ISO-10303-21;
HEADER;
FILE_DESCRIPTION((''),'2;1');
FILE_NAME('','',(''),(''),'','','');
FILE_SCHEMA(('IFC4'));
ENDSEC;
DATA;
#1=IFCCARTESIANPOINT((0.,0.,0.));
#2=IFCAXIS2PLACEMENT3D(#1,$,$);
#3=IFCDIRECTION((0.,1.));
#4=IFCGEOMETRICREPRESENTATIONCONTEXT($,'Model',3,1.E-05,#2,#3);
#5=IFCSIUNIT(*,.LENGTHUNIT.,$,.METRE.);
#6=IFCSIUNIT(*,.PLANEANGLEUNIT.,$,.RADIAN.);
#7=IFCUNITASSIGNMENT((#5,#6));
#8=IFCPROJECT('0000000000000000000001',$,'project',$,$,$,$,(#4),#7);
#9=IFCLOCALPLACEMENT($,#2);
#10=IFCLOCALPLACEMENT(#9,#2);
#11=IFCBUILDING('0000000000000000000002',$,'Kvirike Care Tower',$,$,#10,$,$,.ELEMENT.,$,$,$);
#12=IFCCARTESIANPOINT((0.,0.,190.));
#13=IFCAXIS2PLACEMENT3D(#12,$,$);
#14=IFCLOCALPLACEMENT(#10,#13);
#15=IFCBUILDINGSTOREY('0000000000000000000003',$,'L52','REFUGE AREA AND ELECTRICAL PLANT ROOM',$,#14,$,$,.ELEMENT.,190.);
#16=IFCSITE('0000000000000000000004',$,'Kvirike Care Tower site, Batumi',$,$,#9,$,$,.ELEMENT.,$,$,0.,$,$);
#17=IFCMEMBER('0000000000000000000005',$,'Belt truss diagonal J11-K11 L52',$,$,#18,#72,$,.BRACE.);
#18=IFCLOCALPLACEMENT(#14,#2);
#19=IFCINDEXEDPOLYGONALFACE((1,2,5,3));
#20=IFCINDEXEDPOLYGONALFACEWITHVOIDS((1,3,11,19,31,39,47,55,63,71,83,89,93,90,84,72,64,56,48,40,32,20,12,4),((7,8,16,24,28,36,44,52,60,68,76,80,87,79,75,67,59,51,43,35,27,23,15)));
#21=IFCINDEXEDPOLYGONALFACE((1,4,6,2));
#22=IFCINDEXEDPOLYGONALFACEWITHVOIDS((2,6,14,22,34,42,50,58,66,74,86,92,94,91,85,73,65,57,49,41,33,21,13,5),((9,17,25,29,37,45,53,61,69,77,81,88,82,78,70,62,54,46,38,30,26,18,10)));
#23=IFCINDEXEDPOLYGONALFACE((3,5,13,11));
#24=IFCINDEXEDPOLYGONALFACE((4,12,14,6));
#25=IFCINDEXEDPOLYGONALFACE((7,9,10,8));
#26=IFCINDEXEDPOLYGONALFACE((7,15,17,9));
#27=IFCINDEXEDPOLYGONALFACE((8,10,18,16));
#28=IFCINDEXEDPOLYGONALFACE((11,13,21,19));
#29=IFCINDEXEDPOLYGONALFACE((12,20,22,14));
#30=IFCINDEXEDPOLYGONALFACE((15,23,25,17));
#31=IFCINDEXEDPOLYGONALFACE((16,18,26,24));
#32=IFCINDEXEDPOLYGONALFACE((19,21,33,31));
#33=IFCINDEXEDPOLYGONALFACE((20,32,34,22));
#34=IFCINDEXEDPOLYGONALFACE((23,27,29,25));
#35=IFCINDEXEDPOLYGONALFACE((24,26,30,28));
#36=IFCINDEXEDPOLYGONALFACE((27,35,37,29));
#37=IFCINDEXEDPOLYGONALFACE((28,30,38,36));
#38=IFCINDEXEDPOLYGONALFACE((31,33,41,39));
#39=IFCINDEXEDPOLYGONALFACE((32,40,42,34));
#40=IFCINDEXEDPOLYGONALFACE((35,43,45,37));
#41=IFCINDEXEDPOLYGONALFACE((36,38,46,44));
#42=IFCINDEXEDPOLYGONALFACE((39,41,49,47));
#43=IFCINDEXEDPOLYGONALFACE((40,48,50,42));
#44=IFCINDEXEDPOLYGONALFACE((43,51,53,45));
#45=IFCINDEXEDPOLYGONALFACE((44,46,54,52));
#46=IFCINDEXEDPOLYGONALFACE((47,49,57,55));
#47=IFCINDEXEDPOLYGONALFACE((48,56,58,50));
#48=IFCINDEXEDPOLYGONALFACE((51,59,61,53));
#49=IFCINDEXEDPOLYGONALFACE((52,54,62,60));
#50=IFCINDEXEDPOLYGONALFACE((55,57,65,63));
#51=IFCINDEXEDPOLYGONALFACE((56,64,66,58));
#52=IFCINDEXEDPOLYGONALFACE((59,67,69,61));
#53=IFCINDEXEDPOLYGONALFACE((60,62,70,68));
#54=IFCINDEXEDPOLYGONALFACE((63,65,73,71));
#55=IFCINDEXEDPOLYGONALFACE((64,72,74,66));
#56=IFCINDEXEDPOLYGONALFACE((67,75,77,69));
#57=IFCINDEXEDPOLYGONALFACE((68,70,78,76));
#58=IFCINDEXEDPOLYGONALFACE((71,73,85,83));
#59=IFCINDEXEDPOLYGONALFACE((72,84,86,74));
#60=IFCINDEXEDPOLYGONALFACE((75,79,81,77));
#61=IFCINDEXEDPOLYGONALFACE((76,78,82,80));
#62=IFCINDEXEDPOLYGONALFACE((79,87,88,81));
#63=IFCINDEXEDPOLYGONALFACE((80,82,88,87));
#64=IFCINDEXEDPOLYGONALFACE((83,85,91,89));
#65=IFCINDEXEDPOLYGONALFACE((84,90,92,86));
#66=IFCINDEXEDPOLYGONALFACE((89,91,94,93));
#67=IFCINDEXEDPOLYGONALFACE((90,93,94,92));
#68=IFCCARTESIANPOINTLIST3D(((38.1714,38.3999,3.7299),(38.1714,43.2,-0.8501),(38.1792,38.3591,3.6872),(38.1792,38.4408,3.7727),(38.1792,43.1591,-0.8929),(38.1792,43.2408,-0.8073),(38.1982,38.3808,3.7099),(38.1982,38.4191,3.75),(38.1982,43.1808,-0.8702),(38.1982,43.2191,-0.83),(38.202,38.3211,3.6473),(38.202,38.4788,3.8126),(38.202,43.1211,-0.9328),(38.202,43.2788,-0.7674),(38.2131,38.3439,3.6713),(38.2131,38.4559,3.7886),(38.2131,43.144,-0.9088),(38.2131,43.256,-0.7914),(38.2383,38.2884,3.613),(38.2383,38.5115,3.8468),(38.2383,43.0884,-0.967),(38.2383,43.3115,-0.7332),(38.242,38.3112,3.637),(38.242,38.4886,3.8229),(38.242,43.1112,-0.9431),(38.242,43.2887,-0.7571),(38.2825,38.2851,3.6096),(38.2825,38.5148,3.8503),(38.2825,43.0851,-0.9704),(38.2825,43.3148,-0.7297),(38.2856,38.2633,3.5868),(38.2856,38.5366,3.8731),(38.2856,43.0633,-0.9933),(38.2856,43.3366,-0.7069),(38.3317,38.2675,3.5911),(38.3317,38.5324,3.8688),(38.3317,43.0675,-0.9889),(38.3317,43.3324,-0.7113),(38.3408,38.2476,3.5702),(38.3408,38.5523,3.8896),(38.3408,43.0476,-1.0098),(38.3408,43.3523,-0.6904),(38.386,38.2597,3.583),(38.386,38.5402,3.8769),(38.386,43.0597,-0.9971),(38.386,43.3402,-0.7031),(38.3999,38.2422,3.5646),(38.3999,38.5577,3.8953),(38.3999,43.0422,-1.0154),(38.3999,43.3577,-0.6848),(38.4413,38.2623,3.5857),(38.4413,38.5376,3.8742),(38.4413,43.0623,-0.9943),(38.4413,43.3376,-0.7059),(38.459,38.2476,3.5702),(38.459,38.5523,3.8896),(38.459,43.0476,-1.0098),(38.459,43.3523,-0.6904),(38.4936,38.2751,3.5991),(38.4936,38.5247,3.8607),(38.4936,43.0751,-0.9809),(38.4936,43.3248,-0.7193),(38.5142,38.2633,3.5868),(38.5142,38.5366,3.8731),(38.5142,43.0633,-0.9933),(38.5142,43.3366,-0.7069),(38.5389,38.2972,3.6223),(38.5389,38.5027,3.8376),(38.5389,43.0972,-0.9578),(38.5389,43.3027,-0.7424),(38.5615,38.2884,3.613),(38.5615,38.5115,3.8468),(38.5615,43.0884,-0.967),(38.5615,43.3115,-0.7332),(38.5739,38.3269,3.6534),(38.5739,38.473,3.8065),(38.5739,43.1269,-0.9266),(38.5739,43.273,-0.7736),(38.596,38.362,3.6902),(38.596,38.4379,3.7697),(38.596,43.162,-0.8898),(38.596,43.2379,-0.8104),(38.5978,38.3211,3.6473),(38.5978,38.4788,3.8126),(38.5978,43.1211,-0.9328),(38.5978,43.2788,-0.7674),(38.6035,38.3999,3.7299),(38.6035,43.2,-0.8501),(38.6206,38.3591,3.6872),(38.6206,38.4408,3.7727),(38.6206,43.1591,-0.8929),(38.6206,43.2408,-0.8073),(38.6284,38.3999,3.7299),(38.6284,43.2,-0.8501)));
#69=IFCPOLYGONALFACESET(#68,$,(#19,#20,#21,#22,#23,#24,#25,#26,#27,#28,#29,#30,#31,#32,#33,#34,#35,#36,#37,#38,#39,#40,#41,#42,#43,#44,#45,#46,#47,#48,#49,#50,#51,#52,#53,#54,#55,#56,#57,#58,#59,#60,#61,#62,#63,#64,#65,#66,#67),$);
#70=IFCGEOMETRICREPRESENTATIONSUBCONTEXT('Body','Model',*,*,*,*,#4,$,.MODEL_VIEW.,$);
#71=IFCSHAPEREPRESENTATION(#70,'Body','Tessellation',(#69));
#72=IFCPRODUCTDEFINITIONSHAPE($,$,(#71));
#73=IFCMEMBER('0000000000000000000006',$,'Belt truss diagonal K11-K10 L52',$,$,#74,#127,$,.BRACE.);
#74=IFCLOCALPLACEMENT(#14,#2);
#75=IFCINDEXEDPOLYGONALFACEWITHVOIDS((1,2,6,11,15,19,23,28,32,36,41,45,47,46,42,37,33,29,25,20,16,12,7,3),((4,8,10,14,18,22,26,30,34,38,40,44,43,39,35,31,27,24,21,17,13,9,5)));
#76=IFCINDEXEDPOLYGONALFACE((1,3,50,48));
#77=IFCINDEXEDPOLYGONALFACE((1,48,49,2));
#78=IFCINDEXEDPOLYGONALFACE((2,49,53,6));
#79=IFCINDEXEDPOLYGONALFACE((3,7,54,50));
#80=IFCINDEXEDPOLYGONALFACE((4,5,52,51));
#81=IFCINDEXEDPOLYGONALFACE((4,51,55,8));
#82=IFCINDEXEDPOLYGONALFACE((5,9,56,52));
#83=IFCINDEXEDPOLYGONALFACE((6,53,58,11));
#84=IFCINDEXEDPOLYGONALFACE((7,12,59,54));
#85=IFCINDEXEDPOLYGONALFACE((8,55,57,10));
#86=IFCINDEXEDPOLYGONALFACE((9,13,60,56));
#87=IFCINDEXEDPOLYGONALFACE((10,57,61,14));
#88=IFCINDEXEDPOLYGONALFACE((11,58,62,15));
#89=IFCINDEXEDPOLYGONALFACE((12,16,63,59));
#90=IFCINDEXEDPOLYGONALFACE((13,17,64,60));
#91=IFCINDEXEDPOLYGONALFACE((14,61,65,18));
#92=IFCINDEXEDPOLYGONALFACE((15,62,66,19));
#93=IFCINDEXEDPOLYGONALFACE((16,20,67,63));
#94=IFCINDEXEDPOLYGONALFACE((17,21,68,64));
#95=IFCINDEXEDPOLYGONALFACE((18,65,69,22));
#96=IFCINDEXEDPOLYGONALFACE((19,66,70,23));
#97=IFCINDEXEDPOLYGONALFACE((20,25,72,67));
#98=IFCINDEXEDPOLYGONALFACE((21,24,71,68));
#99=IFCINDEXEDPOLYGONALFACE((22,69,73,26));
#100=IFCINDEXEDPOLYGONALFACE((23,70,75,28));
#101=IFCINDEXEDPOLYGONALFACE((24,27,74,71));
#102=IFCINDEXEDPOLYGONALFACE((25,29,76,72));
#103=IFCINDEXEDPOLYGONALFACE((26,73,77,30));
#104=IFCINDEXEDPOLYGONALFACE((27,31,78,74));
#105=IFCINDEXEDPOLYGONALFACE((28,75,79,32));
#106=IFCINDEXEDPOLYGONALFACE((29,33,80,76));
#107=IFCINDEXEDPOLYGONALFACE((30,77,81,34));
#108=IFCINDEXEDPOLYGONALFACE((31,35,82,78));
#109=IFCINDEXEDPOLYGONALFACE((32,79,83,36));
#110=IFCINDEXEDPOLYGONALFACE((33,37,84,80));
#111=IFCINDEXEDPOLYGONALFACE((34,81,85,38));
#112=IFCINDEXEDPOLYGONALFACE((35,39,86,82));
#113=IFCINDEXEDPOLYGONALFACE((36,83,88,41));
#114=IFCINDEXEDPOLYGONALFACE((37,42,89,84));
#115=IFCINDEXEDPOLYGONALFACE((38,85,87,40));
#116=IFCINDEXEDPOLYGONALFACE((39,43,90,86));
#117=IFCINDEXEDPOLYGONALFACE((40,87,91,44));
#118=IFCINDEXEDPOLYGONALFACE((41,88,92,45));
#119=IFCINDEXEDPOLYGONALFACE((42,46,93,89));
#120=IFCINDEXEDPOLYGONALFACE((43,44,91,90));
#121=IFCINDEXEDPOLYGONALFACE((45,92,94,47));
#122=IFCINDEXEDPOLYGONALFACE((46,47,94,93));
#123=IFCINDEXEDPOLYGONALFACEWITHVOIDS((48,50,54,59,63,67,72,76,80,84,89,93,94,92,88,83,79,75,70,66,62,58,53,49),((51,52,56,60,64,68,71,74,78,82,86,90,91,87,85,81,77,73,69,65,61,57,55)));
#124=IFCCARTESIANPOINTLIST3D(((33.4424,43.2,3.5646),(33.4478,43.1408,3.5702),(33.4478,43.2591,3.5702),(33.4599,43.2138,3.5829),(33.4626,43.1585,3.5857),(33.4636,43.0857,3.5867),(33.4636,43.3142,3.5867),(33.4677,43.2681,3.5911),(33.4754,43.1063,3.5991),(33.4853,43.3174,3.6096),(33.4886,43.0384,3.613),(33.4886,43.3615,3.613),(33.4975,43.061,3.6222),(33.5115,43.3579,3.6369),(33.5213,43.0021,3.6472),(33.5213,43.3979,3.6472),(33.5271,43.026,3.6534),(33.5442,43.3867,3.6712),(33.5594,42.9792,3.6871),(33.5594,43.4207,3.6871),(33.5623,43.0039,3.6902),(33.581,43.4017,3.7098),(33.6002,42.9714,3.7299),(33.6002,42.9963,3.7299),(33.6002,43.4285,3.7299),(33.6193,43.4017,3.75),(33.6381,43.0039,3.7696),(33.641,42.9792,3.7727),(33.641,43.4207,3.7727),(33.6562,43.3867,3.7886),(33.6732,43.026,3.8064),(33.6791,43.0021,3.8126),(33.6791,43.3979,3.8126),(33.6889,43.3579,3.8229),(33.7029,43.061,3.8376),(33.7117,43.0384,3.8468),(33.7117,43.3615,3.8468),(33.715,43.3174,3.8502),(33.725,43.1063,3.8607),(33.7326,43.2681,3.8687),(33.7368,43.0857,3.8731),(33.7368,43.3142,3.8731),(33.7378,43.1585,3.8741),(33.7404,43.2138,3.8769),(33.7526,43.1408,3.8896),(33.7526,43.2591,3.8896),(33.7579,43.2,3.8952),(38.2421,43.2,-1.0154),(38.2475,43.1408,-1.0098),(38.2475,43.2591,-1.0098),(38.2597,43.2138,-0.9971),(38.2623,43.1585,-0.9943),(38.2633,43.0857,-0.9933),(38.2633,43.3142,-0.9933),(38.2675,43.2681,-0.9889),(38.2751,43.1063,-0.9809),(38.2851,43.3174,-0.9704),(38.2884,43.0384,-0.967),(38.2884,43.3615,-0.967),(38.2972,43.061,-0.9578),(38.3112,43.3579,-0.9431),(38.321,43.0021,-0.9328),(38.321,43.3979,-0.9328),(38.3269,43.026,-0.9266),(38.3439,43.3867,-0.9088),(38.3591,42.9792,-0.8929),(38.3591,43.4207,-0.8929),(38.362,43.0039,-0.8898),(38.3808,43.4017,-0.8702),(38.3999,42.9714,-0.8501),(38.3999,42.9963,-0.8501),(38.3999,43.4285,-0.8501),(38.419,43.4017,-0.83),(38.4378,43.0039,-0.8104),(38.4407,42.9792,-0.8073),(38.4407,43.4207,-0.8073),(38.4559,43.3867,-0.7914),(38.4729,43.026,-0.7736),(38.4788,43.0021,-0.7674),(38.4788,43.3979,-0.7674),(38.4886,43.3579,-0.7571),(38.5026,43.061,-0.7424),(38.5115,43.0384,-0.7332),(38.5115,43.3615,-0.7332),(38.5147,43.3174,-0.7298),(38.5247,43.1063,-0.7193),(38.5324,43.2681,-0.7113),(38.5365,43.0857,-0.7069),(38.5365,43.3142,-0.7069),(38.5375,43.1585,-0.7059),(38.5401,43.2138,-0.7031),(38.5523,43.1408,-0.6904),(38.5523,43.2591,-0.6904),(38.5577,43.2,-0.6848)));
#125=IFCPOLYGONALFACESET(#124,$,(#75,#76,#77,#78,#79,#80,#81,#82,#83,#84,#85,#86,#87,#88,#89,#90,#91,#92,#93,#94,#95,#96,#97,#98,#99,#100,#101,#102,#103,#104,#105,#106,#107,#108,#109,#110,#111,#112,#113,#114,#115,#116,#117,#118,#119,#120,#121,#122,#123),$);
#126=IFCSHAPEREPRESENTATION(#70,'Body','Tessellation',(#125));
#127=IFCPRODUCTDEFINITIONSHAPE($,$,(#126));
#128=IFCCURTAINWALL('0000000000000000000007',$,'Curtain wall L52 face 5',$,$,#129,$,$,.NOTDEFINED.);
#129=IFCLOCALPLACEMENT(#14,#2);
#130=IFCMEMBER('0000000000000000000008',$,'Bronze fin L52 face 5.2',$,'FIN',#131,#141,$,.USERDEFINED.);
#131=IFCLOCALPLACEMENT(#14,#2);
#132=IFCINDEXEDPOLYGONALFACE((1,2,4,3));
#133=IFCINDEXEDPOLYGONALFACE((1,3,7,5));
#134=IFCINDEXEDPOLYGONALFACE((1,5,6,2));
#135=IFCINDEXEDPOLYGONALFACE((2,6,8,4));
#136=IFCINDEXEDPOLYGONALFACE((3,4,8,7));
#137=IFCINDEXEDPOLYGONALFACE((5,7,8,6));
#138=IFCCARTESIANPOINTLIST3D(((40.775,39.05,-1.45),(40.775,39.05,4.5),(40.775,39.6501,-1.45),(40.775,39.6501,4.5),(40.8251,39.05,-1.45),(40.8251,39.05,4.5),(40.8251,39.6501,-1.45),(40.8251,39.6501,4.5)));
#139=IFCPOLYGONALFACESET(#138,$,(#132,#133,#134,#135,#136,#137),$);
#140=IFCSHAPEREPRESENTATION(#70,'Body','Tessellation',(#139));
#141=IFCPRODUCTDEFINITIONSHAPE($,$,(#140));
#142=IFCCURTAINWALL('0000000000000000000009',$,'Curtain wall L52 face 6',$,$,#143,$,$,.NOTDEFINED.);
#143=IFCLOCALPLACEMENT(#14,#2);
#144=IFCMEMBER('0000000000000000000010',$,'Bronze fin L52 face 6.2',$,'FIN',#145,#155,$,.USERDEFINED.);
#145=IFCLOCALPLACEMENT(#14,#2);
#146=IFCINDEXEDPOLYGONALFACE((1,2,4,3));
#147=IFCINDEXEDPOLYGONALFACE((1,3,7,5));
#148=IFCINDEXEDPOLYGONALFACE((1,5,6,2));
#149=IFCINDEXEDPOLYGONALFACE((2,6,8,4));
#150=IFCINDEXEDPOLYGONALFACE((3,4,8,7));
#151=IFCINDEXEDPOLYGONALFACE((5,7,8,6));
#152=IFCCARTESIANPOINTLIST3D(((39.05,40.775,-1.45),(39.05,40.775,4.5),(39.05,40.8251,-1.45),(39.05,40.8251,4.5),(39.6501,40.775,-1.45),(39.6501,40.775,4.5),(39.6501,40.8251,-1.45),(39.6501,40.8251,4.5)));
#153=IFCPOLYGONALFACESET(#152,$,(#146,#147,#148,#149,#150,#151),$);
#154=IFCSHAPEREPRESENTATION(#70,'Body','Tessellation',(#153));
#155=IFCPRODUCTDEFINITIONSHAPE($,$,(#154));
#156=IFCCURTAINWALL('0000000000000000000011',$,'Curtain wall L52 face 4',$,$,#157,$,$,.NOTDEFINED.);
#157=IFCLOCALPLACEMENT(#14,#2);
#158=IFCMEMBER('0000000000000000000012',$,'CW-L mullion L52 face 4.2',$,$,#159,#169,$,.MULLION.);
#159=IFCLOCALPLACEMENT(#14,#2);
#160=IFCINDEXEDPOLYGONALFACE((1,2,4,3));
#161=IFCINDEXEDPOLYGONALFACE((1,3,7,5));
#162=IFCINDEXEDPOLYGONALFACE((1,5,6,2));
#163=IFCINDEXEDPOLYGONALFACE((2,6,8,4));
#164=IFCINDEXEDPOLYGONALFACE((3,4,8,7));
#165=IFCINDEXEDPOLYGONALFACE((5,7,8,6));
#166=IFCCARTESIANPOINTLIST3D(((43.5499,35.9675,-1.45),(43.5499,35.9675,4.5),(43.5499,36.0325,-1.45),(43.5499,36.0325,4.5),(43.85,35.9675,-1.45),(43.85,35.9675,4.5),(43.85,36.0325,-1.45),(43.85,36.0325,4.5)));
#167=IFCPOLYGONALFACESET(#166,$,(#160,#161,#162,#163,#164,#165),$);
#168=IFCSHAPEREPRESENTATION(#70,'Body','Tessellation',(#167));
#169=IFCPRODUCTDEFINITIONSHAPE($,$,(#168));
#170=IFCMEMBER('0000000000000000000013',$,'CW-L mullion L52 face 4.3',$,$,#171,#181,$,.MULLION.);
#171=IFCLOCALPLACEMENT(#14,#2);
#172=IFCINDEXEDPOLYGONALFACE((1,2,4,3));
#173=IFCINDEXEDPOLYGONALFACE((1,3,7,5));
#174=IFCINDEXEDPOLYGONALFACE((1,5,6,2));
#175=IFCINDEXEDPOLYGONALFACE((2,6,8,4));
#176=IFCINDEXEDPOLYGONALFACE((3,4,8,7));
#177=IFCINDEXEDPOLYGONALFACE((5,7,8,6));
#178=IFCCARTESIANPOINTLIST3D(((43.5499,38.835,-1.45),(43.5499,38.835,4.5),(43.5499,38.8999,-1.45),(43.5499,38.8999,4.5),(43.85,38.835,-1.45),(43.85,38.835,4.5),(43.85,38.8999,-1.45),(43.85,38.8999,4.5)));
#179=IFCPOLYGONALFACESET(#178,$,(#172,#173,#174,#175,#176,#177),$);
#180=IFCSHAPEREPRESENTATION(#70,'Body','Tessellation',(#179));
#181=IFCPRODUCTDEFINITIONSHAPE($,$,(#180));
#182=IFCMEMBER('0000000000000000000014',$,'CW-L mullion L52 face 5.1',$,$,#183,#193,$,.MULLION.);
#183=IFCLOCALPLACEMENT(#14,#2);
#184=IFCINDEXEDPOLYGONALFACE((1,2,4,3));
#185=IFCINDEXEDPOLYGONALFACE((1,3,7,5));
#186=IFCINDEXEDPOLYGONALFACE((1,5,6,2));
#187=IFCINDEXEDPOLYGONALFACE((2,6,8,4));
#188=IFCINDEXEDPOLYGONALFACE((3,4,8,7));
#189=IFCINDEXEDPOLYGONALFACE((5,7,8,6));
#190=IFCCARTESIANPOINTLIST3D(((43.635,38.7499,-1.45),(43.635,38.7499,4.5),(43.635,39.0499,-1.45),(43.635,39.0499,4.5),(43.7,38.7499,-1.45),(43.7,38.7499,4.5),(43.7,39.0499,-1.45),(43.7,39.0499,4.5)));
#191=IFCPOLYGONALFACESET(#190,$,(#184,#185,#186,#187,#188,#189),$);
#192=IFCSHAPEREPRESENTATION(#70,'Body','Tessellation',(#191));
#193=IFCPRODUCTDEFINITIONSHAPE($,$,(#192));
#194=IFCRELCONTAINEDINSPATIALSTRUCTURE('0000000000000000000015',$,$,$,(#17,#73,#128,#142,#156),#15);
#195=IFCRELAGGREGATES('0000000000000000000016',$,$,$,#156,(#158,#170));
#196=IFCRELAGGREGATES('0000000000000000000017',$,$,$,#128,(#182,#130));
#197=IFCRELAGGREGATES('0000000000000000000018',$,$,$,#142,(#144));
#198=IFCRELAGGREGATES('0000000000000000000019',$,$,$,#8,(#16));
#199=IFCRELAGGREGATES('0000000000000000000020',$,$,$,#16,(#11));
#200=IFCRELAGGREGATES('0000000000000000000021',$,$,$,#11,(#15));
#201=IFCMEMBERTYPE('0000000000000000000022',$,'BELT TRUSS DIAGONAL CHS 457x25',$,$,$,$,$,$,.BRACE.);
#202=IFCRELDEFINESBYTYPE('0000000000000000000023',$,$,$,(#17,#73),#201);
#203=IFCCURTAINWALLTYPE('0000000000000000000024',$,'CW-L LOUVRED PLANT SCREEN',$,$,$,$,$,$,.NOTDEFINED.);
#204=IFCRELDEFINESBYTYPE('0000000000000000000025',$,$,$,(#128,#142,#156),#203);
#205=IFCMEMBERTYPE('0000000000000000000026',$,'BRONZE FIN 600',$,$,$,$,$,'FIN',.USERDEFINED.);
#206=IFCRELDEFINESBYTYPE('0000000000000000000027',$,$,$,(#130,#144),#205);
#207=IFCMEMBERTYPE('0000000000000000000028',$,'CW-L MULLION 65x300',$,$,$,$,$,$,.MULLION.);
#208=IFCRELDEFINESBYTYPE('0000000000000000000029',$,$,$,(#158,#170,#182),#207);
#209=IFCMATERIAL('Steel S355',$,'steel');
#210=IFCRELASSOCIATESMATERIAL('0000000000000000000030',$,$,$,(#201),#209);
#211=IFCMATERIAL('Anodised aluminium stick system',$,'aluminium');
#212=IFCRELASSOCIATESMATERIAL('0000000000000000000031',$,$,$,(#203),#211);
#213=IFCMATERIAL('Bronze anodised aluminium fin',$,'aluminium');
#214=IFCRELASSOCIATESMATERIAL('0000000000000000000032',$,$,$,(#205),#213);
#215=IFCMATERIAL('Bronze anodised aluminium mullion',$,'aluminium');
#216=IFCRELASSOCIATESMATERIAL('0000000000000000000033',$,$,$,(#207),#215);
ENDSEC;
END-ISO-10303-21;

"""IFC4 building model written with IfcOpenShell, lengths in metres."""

from ifc_helpers import new_model, si_unit, direction, frame, origin, origin_2d, place, context, subcontext, project, spatial, rectangle, hollow_circle, extrude, material, material_profile, profile_set, type_object, element, aggregate, save


model = new_model("IFC4")

# Units and contexts
model_context = context("Model", 3, precision=1e-05, world=origin(), true_north=direction((0.0, 1.0)))
body_context = subcontext(model_context, "Body", "Model", "MODEL_VIEW")
ifc_project = project(units=[si_unit("LENGTHUNIT", "METRE"), si_unit("PLANEANGLEUNIT", "RADIAN")], contexts=[model_context])

# Site, building, storey
site_placement = place(None, origin())
site = spatial("IfcSite", under=ifc_project, at=site_placement, Name="Kvirike Care Tower site, Batumi", CompositionType="ELEMENT", RefElevation=0.0)
building_placement = place(site_placement, origin())
building = spatial("IfcBuilding", under=site, at=building_placement, Name="Kvirike Care Tower", CompositionType="ELEMENT")
storey_placement = place(building_placement, frame((0.0, 0.0, 190.0)))
storey = spatial("IfcBuildingStorey", under=building, at=storey_placement, Name="L52", Description="REFUGE AREA AND ELECTRICAL PLANT ROOM", CompositionType="ELEMENT", Elevation=190.0)

# Members
ifc_material_1 = material(Name="Steel S355", Category="steel")
ifc_material_profile_1 = material_profile(ifc_material_1, hollow_circle(Radius=0.2285, WallThickness=0.0249, at=origin_2d()), Name="CHS 457x25")
ifc_profile_set_1 = profile_set([ifc_material_profile_1], Name="Steel S355")
member_type_1 = type_object("IfcMemberType", Name="BELT TRUSS DIAGONAL CHS 457x25", PredefinedType="BRACE", material=ifc_profile_set_1)
for number, where, z_axis, x_axis, name in (
    (1, (38.3999, 43.2, -0.8501), (0.0, -0.72349, 0.690335), (1.0, 0.0, 0.0), "Belt truss diagonal J11-K11 L52"),
):
    element("IfcMember", number, at=place(storey_placement, frame(where, z_axis=z_axis, x_axis=x_axis)), inside=storey, type_object=member_type_1, Name=name, PredefinedType="BRACE", context=body_context, shape_type="SweptSolid", body=[
        extrude(hollow_circle(Radius=0.2285, WallThickness=0.0249, at=origin_2d()), origin(), (0.0, 0.0, 1.0), 6.6345),
    ])
member_1_placement = place(storey_placement, frame((38.3999, 43.2, -0.8501), z_axis=(-0.723472, 0.0, 0.690353), x_axis=(0.0, -1.0, 0.0)))
element("IfcMember", 2, at=member_1_placement, inside=storey, type_object=member_type_1, Name="Belt truss diagonal K11-K10 L52", PredefinedType="BRACE", context=body_context, shape_type="SweptSolid", body=[
    extrude(hollow_circle(Radius=0.2285, WallThickness=0.0249, at=origin_2d()), origin(), (0.0, 0.0, 1.0), 6.6343),
])

# Curtain walls, members
ifc_material_2 = material(Name="Anodised aluminium stick system", Category="aluminium")
curtain_wall_type = type_object("IfcCurtainWallType", Name="CW-L LOUVRED PLANT SCREEN", PredefinedType="NOTDEFINED", material=ifc_material_2)
curtain_wall_1_placement = place(storey_placement, origin())
curtain_wall_1 = element("IfcCurtainWall", 3, at=curtain_wall_1_placement, inside=storey, type_object=curtain_wall_type, Name="Curtain wall L52 face 5", PredefinedType="NOTDEFINED")
ifc_material_3 = material(Name="Bronze anodised aluminium fin", Category="aluminium")
ifc_material_profile_2 = material_profile(ifc_material_3, rectangle(XDim=0.05, YDim=0.6001, at=origin_2d()), Name="BRONZE FIN 600")
ifc_profile_set_2 = profile_set([ifc_material_profile_2], Name="Bronze anodised aluminium fin")
member_type_2 = type_object("IfcMemberType", Name="BRONZE FIN 600", ElementType="FIN", PredefinedType="USERDEFINED", material=ifc_profile_set_2)
member_2_placement = place(storey_placement, frame((40.8, 39.3501, -1.45), z_axis=(0.0, 0.0, 1.0), x_axis=(-1.0, 0.0, 0.0)))
member_2 = element("IfcMember", 4, at=member_2_placement, type_object=member_type_2, Name="Bronze fin L52 face 5.2", ObjectType="FIN", PredefinedType="USERDEFINED", context=body_context, shape_type="SweptSolid", body=[
    extrude(rectangle(XDim=0.05, YDim=0.6001, at=origin_2d()), origin(), (0.0, 0.0, 1.0), 5.95),
])
curtain_wall_2_placement = place(storey_placement, origin())
curtain_wall_2 = element("IfcCurtainWall", 5, at=curtain_wall_2_placement, inside=storey, type_object=curtain_wall_type, Name="Curtain wall L52 face 6", PredefinedType="NOTDEFINED")
member_3_placement = place(storey_placement, frame((39.3501, 40.8, -1.45), z_axis=(0.0, 0.0, 1.0), x_axis=(0.0, 1.0, 0.0)))
member_3 = element("IfcMember", 6, at=member_3_placement, type_object=member_type_2, Name="Bronze fin L52 face 6.2", ObjectType="FIN", PredefinedType="USERDEFINED", context=body_context, shape_type="SweptSolid", body=[
    extrude(rectangle(XDim=0.05, YDim=0.6001, at=origin_2d()), origin(), (0.0, 0.0, 1.0), 5.95),
])

# Curtain wall, members
curtain_wall_3_placement = place(storey_placement, origin())
curtain_wall_3 = element("IfcCurtainWall", 7, at=curtain_wall_3_placement, inside=storey, type_object=curtain_wall_type, Name="Curtain wall L52 face 4", PredefinedType="NOTDEFINED")
ifc_material_4 = material(Name="Bronze anodised aluminium mullion", Category="aluminium")
ifc_material_profile_3 = material_profile(ifc_material_4, rectangle(XDim=0.0649, YDim=0.3, at=origin_2d()), Name="CW-L MULLION 65x300")
ifc_profile_set_3 = profile_set([ifc_material_profile_3], Name="Bronze anodised aluminium mullion")
member_type_3 = type_object("IfcMemberType", Name="CW-L MULLION 65x300", PredefinedType="MULLION", material=ifc_profile_set_3)
member_4_placement = place(storey_placement, frame((43.7, 36.0, -1.45), z_axis=(0.0, 0.0, 1.0), x_axis=(0.0, 1.0, 0.0)))
member_4 = element("IfcMember", 8, at=member_4_placement, type_object=member_type_3, Name="CW-L mullion L52 face 4.2", PredefinedType="MULLION", context=body_context, shape_type="SweptSolid", body=[
    extrude(rectangle(XDim=0.0649, YDim=0.3, at=origin_2d()), origin(), (0.0, 0.0, 1.0), 5.95),
])
member_5_placement = place(storey_placement, frame((43.7, 38.8674, -1.45), z_axis=(0.0, 0.0, 1.0), x_axis=(0.0, 1.0, 0.0)))
member_5 = element("IfcMember", 9, at=member_5_placement, type_object=member_type_3, Name="CW-L mullion L52 face 4.3", PredefinedType="MULLION", context=body_context, shape_type="SweptSolid", body=[
    extrude(rectangle(XDim=0.0649, YDim=0.3, at=origin_2d()), origin(), (0.0, 0.0, 1.0), 5.95),
])

# Member
member_6_placement = place(storey_placement, frame((43.6675, 38.8999, -1.45), z_axis=(0.0, 0.0, 1.0), x_axis=(-1.0, 0.0, 0.0)))
member_6 = element("IfcMember", 10, at=member_6_placement, type_object=member_type_3, Name="CW-L mullion L52 face 5.1", PredefinedType="MULLION", context=body_context, shape_type="SweptSolid", body=[
    extrude(rectangle(XDim=0.0649, YDim=0.3, at=origin_2d()), origin(), (0.0, 0.0, 1.0), 5.95),
])

aggregate(curtain_wall_3, [member_4, member_5])
aggregate(curtain_wall_1, [member_6, member_2])
aggregate(curtain_wall_2, [member_3])

save(model, "model.ifc")
